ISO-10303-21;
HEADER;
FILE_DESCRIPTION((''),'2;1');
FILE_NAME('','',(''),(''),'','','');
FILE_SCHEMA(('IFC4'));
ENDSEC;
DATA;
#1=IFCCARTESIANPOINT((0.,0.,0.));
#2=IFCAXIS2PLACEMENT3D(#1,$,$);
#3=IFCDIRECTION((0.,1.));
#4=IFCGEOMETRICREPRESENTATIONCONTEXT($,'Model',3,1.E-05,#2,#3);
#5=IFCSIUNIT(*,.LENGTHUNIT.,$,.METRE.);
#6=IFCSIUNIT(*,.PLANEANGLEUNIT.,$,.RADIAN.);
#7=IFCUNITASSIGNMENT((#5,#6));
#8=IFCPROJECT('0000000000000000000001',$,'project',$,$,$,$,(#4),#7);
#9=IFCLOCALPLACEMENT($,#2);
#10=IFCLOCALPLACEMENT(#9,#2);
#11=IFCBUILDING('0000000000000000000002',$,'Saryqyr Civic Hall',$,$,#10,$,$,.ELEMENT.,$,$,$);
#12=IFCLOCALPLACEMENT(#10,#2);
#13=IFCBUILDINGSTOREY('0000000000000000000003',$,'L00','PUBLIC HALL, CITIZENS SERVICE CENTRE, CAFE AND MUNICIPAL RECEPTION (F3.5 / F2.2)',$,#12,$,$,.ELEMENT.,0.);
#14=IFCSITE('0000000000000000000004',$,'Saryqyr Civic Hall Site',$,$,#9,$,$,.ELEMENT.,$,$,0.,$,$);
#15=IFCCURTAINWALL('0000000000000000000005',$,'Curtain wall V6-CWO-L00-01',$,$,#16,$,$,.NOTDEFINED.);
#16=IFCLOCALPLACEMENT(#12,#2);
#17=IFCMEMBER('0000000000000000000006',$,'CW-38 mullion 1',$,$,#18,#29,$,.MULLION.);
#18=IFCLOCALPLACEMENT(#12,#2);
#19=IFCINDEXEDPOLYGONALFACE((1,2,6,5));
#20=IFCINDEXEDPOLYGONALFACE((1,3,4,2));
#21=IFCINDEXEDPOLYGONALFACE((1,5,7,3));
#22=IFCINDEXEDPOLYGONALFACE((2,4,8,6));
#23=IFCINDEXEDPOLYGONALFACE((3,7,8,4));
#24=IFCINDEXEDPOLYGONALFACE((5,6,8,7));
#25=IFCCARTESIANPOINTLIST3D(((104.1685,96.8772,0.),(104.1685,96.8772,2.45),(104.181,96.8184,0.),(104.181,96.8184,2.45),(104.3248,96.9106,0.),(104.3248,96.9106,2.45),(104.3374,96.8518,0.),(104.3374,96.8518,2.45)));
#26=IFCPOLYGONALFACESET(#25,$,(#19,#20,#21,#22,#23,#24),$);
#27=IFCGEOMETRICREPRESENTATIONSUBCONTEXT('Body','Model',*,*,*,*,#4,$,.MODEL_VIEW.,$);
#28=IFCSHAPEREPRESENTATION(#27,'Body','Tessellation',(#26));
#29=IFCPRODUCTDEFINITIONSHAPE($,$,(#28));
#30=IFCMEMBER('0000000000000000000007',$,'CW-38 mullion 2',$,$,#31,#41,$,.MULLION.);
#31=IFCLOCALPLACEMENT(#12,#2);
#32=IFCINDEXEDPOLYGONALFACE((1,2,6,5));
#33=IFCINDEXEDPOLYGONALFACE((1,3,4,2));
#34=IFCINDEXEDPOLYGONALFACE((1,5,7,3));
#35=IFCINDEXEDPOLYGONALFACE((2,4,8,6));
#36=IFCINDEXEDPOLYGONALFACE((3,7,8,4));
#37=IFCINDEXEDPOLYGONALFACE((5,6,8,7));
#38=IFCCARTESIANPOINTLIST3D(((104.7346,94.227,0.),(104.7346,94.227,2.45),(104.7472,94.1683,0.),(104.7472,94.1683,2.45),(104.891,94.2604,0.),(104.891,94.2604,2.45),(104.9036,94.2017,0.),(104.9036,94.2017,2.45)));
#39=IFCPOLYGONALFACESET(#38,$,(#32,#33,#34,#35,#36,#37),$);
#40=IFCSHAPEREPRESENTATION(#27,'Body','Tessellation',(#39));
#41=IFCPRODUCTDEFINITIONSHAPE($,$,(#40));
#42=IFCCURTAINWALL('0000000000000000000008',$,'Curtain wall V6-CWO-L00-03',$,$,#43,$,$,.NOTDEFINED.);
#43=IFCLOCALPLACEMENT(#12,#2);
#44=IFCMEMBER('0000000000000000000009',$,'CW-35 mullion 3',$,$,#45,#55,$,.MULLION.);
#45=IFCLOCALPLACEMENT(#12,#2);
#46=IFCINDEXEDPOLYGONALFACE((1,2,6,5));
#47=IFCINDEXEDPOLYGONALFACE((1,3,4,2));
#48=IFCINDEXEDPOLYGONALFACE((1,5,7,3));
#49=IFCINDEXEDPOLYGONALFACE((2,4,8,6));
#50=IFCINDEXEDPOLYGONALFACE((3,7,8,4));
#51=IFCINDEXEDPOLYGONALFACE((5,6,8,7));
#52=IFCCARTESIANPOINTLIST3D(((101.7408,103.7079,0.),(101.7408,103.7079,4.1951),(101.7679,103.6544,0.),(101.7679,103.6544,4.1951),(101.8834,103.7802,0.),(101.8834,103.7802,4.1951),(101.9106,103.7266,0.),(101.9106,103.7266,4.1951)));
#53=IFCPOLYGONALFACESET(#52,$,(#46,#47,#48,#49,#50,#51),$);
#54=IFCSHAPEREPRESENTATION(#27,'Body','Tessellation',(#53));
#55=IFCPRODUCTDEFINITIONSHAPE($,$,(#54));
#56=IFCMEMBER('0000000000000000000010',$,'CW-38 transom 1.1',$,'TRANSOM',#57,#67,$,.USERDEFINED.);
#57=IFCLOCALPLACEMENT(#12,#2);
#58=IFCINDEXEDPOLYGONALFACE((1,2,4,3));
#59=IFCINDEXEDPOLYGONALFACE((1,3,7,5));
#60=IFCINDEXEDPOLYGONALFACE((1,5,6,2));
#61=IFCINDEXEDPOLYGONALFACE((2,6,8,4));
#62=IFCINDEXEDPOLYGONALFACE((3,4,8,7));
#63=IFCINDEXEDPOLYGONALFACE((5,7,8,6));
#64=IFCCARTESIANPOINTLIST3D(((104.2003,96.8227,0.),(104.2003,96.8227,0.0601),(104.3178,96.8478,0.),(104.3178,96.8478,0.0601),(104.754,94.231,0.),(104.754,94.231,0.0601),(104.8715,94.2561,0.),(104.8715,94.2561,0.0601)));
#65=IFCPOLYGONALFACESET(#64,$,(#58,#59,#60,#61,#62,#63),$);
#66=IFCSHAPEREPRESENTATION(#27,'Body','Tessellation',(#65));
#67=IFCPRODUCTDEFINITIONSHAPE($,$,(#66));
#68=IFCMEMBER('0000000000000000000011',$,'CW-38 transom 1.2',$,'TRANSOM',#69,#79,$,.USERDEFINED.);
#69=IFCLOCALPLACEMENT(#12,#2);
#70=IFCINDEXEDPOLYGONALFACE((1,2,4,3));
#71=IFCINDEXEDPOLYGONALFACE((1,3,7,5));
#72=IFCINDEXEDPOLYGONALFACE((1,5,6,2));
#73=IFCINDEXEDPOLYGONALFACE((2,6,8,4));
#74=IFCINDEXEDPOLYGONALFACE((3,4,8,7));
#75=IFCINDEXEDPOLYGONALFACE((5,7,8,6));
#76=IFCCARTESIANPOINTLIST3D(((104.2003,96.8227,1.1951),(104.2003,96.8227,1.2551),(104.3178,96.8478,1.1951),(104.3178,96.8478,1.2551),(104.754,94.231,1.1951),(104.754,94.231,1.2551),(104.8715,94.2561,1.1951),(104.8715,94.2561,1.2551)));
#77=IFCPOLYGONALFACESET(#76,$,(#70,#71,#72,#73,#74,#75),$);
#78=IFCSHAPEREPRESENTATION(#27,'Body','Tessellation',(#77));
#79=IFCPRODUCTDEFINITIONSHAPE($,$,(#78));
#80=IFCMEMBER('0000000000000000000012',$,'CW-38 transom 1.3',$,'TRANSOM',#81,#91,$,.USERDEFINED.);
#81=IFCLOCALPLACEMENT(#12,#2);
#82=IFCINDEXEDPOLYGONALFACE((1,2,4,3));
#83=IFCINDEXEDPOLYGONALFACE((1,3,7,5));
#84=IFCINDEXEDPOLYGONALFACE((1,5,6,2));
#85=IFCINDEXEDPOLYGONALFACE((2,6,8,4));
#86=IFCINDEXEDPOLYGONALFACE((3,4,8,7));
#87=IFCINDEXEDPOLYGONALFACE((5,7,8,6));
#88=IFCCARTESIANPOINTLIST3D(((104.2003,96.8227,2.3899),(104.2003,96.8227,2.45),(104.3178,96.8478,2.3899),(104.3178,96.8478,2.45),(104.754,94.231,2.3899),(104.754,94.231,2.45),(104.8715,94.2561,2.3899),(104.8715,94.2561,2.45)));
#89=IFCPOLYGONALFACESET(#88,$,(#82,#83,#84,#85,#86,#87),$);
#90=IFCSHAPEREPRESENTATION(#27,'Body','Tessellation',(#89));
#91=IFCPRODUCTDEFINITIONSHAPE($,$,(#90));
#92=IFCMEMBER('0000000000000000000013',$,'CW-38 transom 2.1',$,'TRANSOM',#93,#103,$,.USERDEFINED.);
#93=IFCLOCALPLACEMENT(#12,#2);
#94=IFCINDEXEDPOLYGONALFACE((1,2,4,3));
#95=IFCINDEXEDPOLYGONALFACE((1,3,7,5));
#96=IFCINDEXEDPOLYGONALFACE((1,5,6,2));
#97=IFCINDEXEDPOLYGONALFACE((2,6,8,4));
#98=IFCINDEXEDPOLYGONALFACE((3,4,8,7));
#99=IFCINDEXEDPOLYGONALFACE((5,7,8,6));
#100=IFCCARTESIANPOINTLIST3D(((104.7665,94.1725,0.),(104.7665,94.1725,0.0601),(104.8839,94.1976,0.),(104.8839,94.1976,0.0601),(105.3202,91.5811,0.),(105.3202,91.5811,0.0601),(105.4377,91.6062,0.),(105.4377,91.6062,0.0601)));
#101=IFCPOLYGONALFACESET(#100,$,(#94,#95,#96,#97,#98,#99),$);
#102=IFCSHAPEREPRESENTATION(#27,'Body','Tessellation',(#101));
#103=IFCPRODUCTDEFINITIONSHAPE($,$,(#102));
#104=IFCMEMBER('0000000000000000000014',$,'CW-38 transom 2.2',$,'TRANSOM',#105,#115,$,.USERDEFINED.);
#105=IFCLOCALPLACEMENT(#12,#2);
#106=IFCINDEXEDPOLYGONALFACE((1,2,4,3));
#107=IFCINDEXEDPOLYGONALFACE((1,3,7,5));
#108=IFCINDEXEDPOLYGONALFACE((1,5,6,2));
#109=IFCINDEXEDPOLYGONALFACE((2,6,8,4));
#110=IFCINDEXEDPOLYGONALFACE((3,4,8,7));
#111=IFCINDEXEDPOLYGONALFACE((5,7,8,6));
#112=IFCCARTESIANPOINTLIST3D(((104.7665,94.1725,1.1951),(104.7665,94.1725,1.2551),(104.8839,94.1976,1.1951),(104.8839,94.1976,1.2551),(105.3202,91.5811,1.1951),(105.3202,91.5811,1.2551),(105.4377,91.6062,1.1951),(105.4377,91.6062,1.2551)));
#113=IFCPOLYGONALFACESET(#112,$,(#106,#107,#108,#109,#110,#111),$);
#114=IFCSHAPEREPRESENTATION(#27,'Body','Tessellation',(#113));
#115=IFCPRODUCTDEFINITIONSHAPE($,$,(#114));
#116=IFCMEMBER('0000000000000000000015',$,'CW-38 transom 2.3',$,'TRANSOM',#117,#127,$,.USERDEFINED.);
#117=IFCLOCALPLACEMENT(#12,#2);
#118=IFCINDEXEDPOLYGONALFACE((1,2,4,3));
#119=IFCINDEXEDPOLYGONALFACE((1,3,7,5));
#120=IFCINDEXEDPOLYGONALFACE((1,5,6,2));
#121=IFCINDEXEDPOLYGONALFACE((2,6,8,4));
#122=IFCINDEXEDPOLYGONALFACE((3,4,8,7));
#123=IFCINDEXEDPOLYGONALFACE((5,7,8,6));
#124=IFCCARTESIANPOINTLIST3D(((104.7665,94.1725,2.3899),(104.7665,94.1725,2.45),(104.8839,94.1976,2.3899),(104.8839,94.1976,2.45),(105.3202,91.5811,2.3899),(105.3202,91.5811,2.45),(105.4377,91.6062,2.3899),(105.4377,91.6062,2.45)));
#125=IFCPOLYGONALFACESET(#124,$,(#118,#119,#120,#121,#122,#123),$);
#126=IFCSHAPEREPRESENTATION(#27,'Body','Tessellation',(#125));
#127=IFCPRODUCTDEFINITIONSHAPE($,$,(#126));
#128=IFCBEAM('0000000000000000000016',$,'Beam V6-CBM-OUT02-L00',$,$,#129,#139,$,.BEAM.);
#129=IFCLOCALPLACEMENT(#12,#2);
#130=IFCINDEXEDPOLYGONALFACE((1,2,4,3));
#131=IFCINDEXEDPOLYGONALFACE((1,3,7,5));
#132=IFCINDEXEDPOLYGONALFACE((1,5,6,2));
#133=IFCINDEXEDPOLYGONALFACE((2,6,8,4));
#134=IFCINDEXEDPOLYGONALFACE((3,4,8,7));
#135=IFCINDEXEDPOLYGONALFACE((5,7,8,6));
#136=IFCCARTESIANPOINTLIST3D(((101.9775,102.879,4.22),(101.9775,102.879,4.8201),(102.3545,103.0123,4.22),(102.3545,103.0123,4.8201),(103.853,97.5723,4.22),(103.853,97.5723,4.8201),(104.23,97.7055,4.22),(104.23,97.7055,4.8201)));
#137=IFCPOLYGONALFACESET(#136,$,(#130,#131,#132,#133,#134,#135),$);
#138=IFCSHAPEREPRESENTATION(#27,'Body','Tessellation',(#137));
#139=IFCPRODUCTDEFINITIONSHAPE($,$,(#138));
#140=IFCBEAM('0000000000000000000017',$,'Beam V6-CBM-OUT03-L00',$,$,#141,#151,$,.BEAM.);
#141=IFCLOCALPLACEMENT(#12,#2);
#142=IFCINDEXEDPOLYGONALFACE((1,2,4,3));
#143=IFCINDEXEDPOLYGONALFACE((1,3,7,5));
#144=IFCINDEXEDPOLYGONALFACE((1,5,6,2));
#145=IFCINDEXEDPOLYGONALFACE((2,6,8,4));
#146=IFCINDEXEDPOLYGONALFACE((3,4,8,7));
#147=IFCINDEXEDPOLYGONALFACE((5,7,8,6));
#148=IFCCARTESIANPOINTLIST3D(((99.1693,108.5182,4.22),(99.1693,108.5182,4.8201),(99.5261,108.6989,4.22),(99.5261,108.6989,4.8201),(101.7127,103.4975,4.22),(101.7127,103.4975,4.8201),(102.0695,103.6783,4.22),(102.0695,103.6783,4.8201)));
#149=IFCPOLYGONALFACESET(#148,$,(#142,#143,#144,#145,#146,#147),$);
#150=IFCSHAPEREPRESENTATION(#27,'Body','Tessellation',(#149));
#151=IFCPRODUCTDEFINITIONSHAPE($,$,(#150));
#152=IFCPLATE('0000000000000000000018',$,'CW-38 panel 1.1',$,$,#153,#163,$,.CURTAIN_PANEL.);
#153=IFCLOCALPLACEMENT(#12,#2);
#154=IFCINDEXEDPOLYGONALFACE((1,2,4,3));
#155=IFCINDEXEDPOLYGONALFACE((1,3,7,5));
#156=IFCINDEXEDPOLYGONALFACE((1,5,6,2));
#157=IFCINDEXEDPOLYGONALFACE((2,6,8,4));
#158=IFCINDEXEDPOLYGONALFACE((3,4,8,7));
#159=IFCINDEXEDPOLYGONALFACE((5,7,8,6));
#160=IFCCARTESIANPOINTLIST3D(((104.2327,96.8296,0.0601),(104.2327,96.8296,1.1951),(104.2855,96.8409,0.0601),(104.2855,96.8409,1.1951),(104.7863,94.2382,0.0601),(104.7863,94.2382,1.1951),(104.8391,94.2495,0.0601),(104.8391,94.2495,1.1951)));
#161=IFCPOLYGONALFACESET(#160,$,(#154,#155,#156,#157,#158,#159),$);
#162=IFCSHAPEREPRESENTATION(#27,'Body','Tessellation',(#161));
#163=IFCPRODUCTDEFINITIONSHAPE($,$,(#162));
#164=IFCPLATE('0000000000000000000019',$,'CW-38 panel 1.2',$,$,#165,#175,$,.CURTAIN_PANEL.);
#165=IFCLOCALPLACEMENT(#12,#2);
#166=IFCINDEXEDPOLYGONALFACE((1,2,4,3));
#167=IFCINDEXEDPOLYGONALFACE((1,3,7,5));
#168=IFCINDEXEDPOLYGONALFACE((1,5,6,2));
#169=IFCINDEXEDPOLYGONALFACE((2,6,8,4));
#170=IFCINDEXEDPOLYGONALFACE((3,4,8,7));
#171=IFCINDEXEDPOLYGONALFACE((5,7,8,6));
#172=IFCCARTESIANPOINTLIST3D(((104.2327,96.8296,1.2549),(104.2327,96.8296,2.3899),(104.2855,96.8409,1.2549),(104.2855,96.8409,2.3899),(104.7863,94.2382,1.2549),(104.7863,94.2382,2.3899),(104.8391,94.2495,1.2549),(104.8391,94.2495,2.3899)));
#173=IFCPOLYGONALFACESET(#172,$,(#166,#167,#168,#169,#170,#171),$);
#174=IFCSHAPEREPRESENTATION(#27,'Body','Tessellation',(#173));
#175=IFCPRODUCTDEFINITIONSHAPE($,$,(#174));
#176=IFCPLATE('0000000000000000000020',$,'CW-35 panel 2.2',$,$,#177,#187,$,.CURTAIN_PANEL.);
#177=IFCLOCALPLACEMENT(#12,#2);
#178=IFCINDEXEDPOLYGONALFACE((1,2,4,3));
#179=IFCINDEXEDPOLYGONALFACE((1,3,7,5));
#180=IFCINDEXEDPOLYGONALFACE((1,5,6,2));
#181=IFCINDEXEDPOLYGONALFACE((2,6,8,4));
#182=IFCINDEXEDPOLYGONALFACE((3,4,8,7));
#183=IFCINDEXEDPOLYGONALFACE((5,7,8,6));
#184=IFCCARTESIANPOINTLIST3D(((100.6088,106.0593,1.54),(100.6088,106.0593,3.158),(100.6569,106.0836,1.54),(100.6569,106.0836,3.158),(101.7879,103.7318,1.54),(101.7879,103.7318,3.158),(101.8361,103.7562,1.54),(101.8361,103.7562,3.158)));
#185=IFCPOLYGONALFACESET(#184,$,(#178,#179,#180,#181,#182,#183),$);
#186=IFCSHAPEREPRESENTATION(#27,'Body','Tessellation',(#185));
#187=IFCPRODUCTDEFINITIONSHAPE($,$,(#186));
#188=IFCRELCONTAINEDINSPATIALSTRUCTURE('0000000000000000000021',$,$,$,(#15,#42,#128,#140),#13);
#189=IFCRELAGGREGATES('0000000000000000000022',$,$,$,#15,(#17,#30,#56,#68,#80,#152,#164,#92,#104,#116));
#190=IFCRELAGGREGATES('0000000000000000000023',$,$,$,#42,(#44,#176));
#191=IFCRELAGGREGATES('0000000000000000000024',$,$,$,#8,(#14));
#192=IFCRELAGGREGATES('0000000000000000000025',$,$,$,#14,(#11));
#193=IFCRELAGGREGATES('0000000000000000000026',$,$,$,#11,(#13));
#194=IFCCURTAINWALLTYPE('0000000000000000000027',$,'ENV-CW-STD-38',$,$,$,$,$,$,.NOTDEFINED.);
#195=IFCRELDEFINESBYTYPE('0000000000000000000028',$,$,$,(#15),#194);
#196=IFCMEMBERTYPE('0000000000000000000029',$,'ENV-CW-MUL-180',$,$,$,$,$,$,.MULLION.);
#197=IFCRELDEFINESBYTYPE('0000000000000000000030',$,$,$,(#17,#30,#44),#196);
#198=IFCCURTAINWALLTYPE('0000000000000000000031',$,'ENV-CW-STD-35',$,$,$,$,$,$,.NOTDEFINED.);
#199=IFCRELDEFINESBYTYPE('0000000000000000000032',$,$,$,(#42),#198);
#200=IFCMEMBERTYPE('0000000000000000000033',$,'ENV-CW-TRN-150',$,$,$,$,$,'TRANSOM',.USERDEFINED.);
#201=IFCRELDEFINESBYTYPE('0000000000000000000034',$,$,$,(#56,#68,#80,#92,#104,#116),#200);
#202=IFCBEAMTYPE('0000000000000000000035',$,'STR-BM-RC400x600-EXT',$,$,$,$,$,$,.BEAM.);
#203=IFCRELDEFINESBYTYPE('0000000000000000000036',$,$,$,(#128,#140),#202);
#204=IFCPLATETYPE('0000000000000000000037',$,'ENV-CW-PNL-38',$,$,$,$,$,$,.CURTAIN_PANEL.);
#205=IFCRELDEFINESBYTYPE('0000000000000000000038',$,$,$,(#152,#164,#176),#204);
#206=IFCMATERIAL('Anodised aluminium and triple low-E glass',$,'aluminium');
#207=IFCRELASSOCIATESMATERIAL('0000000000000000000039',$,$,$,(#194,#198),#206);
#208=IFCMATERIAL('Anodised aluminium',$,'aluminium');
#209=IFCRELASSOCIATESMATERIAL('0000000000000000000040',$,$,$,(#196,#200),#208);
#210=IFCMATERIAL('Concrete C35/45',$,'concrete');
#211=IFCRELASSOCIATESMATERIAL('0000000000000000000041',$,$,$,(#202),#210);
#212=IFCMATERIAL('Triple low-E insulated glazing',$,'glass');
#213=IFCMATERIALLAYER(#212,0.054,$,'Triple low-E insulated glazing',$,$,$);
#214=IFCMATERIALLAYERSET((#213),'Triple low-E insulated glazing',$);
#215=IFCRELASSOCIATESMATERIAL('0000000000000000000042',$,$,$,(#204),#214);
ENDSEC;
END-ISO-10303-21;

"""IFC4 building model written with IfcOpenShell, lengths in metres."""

from ifc_helpers import new_model, si_unit, direction, frame, origin, origin_2d, place, context, subcontext, project, spatial, rectangle, extrude, material, layer, layer_set, material_profile, profile_set, type_object, element, aggregate, save


model = new_model("IFC4")

# Units and contexts
model_context = context("Model", 3, precision=1e-05, world=origin(), true_north=direction((0.0, 1.0)))
body_context = subcontext(model_context, "Body", "Model", "MODEL_VIEW")
ifc_project = project(units=[si_unit("LENGTHUNIT", "METRE"), si_unit("PLANEANGLEUNIT", "RADIAN")], contexts=[model_context])

# Site, building, storey
site_placement = place(None, origin())
site = spatial("IfcSite", under=ifc_project, at=site_placement, Name="Saryqyr Civic Hall Site", CompositionType="ELEMENT", RefElevation=0.0)
building_placement = place(site_placement, origin())
building = spatial("IfcBuilding", under=site, at=building_placement, Name="Saryqyr Civic Hall", CompositionType="ELEMENT")
storey_placement = place(building_placement, origin())
storey = spatial("IfcBuildingStorey", under=building, at=storey_placement, Name="L00", Description="PUBLIC HALL, CITIZENS SERVICE CENTRE, CAFE AND MUNICIPAL RECEPTION (F3.5 / F2.2)", CompositionType="ELEMENT", Elevation=0.0)

# Curtain wall, members
ifc_material_1 = material(Name="Anodised aluminium and triple low-E glass", Category="aluminium")
curtain_wall_type_1 = type_object("IfcCurtainWallType", Name="ENV-CW-STD-38", PredefinedType="NOTDEFINED", material=ifc_material_1)
curtain_wall_1_placement = place(storey_placement, origin())
curtain_wall_1 = element("IfcCurtainWall", 1, at=curtain_wall_1_placement, inside=storey, type_object=curtain_wall_type_1, Name="Curtain wall V6-CWO-L00-01", PredefinedType="NOTDEFINED")
ifc_material_2 = material(Name="Anodised aluminium", Category="aluminium")
ifc_material_profile_1 = material_profile(ifc_material_2, rectangle(XDim=0.0601, YDim=0.1599, at=origin_2d()), Name="ALU MULLION 60x160")
ifc_profile_set_1 = profile_set([ifc_material_profile_1], Name="Anodised aluminium")
member_type_1 = type_object("IfcMemberType", Name="ENV-CW-MUL-180", PredefinedType="MULLION", material=ifc_profile_set_1)
member_1_placement = place(storey_placement, frame((104.2529, 96.8645, 0.0), z_axis=(0.0, 0.0, 1.0), x_axis=(0.208916, -0.977934, 0.0)))
member_1 = element("IfcMember", 2, at=member_1_placement, type_object=member_type_1, Name="CW-38 mullion 1", PredefinedType="MULLION", context=body_context, shape_type="SweptSolid", body=[
    extrude(rectangle(XDim=0.0601, YDim=0.1599, at=origin_2d()), origin(), (0.0, 0.0, 1.0), 2.45),
])
member_2_placement = place(storey_placement, frame((104.8191, 94.2144, 0.0), z_axis=(0.0, 0.0, 1.0), x_axis=(0.208916, -0.977934, 0.0)))
member_2 = element("IfcMember", 3, at=member_2_placement, type_object=member_type_1, Name="CW-38 mullion 2", PredefinedType="MULLION", context=body_context, shape_type="SweptSolid", body=[
    extrude(rectangle(XDim=0.0601, YDim=0.1599, at=origin_2d()), origin(), (0.0, 0.0, 1.0), 2.45),
])

# Curtain wall, member
curtain_wall_type_2 = type_object("IfcCurtainWallType", Name="ENV-CW-STD-35", PredefinedType="NOTDEFINED", material=ifc_material_1)
curtain_wall_2_placement = place(storey_placement, origin())
curtain_wall_2 = element("IfcCurtainWall", 4, at=curtain_wall_2_placement, inside=storey, type_object=curtain_wall_type_2, Name="Curtain wall V6-CWO-L00-03", PredefinedType="NOTDEFINED")
member_3_placement = place(storey_placement, frame((101.8257, 103.7173, 0.0), z_axis=(0.0, 0.0, 1.0), x_axis=(0.451942, -0.892047, 0.0)))
member_3 = element("IfcMember", 5, at=member_3_placement, type_object=member_type_1, Name="CW-35 mullion 3", PredefinedType="MULLION", context=body_context, shape_type="SweptSolid", body=[
    extrude(rectangle(XDim=0.0601, YDim=0.1599, at=origin_2d()), origin(), (0.0, 0.0, 1.0), 4.1951),
])

# Members
ifc_material_profile_2 = material_profile(ifc_material_2, rectangle(XDim=0.1201, YDim=0.0601, at=origin_2d()), Name="ALU TRANSOM 120x60")
ifc_profile_set_2 = profile_set([ifc_material_profile_2], Name="Anodised aluminium")
member_type_2 = type_object("IfcMemberType", Name="ENV-CW-TRN-150", ElementType="TRANSOM", PredefinedType="USERDEFINED", material=ifc_profile_set_2)
member_4_placement = place(storey_placement, frame((104.259, 96.8352, 0.03), z_axis=(0.208944, -0.977928, 0.0), x_axis=(0.977928, 0.208944, 0.0)))
member_4 = element("IfcMember", 6, at=member_4_placement, type_object=member_type_2, Name="CW-38 transom 1.1", ObjectType="TRANSOM", PredefinedType="USERDEFINED", context=body_context, shape_type="SweptSolid", body=[
    extrude(rectangle(XDim=0.1201, YDim=0.0601, at=origin_2d()), origin(), (0.0, 0.0, 1.0), 2.6501),
])
member_5_placement = place(storey_placement, frame((104.259, 96.8352, 1.2251), z_axis=(0.208944, -0.977928, 0.0), x_axis=(0.977928, 0.208944, 0.0)))
member_5 = element("IfcMember", 7, at=member_5_placement, type_object=member_type_2, Name="CW-38 transom 1.2", ObjectType="TRANSOM", PredefinedType="USERDEFINED", context=body_context, shape_type="SweptSolid", body=[
    extrude(rectangle(XDim=0.1201, YDim=0.0601, at=origin_2d()), origin(), (0.0, 0.0, 1.0), 2.6501),
])
member_6_placement = place(storey_placement, frame((104.259, 96.8352, 2.4199), z_axis=(0.208944, -0.977928, 0.0), x_axis=(0.977928, 0.208944, 0.0)))
member_6 = element("IfcMember", 8, at=member_6_placement, type_object=member_type_2, Name="CW-38 transom 1.3", ObjectType="TRANSOM", PredefinedType="USERDEFINED", context=body_context, shape_type="SweptSolid", body=[
    extrude(rectangle(XDim=0.1201, YDim=0.0601, at=origin_2d()), origin(), (0.0, 0.0, 1.0), 2.6501),
])
member_7_placement = place(storey_placement, frame((104.8252, 94.1851, 0.03), z_axis=(0.208963, -0.977924, 0.0), x_axis=(0.977924, 0.208963, 0.0)))
member_7 = element("IfcMember", 9, at=member_7_placement, type_object=member_type_2, Name="CW-38 transom 2.1", ObjectType="TRANSOM", PredefinedType="USERDEFINED", context=body_context, shape_type="SweptSolid", body=[
    extrude(rectangle(XDim=0.1201, YDim=0.0601, at=origin_2d()), origin(), (0.0, 0.0, 1.0), 2.6499),
])
member_8_placement = place(storey_placement, frame((104.8252, 94.1851, 1.2251), z_axis=(0.208963, -0.977924, 0.0), x_axis=(0.977924, 0.208963, 0.0)))
member_8 = element("IfcMember", 10, at=member_8_placement, type_object=member_type_2, Name="CW-38 transom 2.2", ObjectType="TRANSOM", PredefinedType="USERDEFINED", context=body_context, shape_type="SweptSolid", body=[
    extrude(rectangle(XDim=0.1201, YDim=0.0601, at=origin_2d()), origin(), (0.0, 0.0, 1.0), 2.6499),
])
member_9_placement = place(storey_placement, frame((104.8252, 94.1851, 2.4199), z_axis=(0.208963, -0.977924, 0.0), x_axis=(0.977924, 0.208963, 0.0)))
member_9 = element("IfcMember", 11, at=member_9_placement, type_object=member_type_2, Name="CW-38 transom 2.3", ObjectType="TRANSOM", PredefinedType="USERDEFINED", context=body_context, shape_type="SweptSolid", body=[
    extrude(rectangle(XDim=0.1201, YDim=0.0601, at=origin_2d()), origin(), (0.0, 0.0, 1.0), 2.6499),
])

# Beams
ifc_material_3 = material(Name="Concrete C35/45", Category="concrete")
ifc_material_profile_3 = material_profile(ifc_material_3, rectangle(XDim=0.3999, YDim=0.6001, at=origin_2d()), Name="RC 400x600")
ifc_profile_set_3 = profile_set([ifc_material_profile_3], Name="Concrete C35/45")
beam_type = type_object("IfcBeamType", Name="STR-BM-RC400x600-EXT", PredefinedType="BEAM", material=ifc_profile_set_3)
beam_1_placement = place(storey_placement, frame((104.0415, 97.6389, 4.52), z_axis=(-0.333224, 0.942848, 0.0), x_axis=(-0.942848, -0.333224, 0.0)))
element("IfcBeam", 12, at=beam_1_placement, inside=storey, type_object=beam_type, Name="Beam V6-CBM-OUT02-L00", PredefinedType="BEAM", context=body_context, shape_type="SweptSolid", body=[
    extrude(rectangle(XDim=0.3999, YDim=0.6001, at=origin_2d()), origin(), (0.0, 0.0, 1.0), 5.6284),
])
beam_2_placement = place(storey_placement, frame((101.8911, 103.5879, 4.52), z_axis=(-0.45191, 0.892064, 0.0), x_axis=(-0.892064, -0.45191, 0.0)))
element("IfcBeam", 13, at=beam_2_placement, inside=storey, type_object=beam_type, Name="Beam V6-CBM-OUT03-L00", PredefinedType="BEAM", context=body_context, shape_type="SweptSolid", body=[
    extrude(rectangle(XDim=0.3999, YDim=0.6001, at=origin_2d()), origin(), (0.0, 0.0, 1.0), 5.6282),
])

# Plates
ifc_material_4 = material(Name="Triple low-E insulated glazing", Category="glass")
ifc_layer_1 = layer(ifc_material_4, 0.054, Name="Triple low-E insulated glazing")
ifc_layer_set_1 = layer_set([ifc_layer_1], Name="Triple low-E insulated glazing")
plate_type = type_object("IfcPlateType", Name="ENV-CW-PNL-38", PredefinedType="CURTAIN_PANEL", material=ifc_layer_set_1)
plate_1_placement = place(storey_placement, frame((104.5359, 95.5396, 0.0601), z_axis=(0.0, 0.0, 1.0), x_axis=(0.208916, -0.977934, 0.0)))
plate_1 = element("IfcPlate", 14, at=plate_1_placement, type_object=plate_type, Name="CW-38 panel 1.1", PredefinedType="CURTAIN_PANEL", context=body_context, shape_type="SweptSolid", body=[
    extrude(rectangle(XDim=2.6499, YDim=0.054, at=origin_2d()), origin(), (0.0, 0.0, 1.0), 1.135),
])
plate_2_placement = place(storey_placement, frame((104.5359, 95.5396, 1.2549), z_axis=(0.0, 0.0, 1.0), x_axis=(0.208916, -0.977934, 0.0)))
plate_2 = element("IfcPlate", 15, at=plate_2_placement, type_object=plate_type, Name="CW-38 panel 1.2", PredefinedType="CURTAIN_PANEL", context=body_context, shape_type="SweptSolid", body=[
    extrude(rectangle(XDim=2.6499, YDim=0.054, at=origin_2d()), origin(), (0.0, 0.0, 1.0), 1.135),
])
aggregate(curtain_wall_1, [member_1, member_2, member_4, member_5, member_6, plate_1, plate_2, member_7, member_8, member_9])
plate_3_placement = place(storey_placement, frame((101.2224, 104.9077, 1.54), z_axis=(0.0, 0.0, 1.0), x_axis=(0.451942, -0.892047, 0.0)))
plate_3 = element("IfcPlate", 16, at=plate_3_placement, type_object=plate_type, Name="CW-35 panel 2.2", PredefinedType="CURTAIN_PANEL", context=body_context, shape_type="SweptSolid", body=[
    extrude(rectangle(XDim=2.6091, YDim=0.054, at=origin_2d()), origin(), (0.0, 0.0, 1.0), 1.6179),
])
aggregate(curtain_wall_2, [member_3, plate_3])

save(model, "model.ifc")
